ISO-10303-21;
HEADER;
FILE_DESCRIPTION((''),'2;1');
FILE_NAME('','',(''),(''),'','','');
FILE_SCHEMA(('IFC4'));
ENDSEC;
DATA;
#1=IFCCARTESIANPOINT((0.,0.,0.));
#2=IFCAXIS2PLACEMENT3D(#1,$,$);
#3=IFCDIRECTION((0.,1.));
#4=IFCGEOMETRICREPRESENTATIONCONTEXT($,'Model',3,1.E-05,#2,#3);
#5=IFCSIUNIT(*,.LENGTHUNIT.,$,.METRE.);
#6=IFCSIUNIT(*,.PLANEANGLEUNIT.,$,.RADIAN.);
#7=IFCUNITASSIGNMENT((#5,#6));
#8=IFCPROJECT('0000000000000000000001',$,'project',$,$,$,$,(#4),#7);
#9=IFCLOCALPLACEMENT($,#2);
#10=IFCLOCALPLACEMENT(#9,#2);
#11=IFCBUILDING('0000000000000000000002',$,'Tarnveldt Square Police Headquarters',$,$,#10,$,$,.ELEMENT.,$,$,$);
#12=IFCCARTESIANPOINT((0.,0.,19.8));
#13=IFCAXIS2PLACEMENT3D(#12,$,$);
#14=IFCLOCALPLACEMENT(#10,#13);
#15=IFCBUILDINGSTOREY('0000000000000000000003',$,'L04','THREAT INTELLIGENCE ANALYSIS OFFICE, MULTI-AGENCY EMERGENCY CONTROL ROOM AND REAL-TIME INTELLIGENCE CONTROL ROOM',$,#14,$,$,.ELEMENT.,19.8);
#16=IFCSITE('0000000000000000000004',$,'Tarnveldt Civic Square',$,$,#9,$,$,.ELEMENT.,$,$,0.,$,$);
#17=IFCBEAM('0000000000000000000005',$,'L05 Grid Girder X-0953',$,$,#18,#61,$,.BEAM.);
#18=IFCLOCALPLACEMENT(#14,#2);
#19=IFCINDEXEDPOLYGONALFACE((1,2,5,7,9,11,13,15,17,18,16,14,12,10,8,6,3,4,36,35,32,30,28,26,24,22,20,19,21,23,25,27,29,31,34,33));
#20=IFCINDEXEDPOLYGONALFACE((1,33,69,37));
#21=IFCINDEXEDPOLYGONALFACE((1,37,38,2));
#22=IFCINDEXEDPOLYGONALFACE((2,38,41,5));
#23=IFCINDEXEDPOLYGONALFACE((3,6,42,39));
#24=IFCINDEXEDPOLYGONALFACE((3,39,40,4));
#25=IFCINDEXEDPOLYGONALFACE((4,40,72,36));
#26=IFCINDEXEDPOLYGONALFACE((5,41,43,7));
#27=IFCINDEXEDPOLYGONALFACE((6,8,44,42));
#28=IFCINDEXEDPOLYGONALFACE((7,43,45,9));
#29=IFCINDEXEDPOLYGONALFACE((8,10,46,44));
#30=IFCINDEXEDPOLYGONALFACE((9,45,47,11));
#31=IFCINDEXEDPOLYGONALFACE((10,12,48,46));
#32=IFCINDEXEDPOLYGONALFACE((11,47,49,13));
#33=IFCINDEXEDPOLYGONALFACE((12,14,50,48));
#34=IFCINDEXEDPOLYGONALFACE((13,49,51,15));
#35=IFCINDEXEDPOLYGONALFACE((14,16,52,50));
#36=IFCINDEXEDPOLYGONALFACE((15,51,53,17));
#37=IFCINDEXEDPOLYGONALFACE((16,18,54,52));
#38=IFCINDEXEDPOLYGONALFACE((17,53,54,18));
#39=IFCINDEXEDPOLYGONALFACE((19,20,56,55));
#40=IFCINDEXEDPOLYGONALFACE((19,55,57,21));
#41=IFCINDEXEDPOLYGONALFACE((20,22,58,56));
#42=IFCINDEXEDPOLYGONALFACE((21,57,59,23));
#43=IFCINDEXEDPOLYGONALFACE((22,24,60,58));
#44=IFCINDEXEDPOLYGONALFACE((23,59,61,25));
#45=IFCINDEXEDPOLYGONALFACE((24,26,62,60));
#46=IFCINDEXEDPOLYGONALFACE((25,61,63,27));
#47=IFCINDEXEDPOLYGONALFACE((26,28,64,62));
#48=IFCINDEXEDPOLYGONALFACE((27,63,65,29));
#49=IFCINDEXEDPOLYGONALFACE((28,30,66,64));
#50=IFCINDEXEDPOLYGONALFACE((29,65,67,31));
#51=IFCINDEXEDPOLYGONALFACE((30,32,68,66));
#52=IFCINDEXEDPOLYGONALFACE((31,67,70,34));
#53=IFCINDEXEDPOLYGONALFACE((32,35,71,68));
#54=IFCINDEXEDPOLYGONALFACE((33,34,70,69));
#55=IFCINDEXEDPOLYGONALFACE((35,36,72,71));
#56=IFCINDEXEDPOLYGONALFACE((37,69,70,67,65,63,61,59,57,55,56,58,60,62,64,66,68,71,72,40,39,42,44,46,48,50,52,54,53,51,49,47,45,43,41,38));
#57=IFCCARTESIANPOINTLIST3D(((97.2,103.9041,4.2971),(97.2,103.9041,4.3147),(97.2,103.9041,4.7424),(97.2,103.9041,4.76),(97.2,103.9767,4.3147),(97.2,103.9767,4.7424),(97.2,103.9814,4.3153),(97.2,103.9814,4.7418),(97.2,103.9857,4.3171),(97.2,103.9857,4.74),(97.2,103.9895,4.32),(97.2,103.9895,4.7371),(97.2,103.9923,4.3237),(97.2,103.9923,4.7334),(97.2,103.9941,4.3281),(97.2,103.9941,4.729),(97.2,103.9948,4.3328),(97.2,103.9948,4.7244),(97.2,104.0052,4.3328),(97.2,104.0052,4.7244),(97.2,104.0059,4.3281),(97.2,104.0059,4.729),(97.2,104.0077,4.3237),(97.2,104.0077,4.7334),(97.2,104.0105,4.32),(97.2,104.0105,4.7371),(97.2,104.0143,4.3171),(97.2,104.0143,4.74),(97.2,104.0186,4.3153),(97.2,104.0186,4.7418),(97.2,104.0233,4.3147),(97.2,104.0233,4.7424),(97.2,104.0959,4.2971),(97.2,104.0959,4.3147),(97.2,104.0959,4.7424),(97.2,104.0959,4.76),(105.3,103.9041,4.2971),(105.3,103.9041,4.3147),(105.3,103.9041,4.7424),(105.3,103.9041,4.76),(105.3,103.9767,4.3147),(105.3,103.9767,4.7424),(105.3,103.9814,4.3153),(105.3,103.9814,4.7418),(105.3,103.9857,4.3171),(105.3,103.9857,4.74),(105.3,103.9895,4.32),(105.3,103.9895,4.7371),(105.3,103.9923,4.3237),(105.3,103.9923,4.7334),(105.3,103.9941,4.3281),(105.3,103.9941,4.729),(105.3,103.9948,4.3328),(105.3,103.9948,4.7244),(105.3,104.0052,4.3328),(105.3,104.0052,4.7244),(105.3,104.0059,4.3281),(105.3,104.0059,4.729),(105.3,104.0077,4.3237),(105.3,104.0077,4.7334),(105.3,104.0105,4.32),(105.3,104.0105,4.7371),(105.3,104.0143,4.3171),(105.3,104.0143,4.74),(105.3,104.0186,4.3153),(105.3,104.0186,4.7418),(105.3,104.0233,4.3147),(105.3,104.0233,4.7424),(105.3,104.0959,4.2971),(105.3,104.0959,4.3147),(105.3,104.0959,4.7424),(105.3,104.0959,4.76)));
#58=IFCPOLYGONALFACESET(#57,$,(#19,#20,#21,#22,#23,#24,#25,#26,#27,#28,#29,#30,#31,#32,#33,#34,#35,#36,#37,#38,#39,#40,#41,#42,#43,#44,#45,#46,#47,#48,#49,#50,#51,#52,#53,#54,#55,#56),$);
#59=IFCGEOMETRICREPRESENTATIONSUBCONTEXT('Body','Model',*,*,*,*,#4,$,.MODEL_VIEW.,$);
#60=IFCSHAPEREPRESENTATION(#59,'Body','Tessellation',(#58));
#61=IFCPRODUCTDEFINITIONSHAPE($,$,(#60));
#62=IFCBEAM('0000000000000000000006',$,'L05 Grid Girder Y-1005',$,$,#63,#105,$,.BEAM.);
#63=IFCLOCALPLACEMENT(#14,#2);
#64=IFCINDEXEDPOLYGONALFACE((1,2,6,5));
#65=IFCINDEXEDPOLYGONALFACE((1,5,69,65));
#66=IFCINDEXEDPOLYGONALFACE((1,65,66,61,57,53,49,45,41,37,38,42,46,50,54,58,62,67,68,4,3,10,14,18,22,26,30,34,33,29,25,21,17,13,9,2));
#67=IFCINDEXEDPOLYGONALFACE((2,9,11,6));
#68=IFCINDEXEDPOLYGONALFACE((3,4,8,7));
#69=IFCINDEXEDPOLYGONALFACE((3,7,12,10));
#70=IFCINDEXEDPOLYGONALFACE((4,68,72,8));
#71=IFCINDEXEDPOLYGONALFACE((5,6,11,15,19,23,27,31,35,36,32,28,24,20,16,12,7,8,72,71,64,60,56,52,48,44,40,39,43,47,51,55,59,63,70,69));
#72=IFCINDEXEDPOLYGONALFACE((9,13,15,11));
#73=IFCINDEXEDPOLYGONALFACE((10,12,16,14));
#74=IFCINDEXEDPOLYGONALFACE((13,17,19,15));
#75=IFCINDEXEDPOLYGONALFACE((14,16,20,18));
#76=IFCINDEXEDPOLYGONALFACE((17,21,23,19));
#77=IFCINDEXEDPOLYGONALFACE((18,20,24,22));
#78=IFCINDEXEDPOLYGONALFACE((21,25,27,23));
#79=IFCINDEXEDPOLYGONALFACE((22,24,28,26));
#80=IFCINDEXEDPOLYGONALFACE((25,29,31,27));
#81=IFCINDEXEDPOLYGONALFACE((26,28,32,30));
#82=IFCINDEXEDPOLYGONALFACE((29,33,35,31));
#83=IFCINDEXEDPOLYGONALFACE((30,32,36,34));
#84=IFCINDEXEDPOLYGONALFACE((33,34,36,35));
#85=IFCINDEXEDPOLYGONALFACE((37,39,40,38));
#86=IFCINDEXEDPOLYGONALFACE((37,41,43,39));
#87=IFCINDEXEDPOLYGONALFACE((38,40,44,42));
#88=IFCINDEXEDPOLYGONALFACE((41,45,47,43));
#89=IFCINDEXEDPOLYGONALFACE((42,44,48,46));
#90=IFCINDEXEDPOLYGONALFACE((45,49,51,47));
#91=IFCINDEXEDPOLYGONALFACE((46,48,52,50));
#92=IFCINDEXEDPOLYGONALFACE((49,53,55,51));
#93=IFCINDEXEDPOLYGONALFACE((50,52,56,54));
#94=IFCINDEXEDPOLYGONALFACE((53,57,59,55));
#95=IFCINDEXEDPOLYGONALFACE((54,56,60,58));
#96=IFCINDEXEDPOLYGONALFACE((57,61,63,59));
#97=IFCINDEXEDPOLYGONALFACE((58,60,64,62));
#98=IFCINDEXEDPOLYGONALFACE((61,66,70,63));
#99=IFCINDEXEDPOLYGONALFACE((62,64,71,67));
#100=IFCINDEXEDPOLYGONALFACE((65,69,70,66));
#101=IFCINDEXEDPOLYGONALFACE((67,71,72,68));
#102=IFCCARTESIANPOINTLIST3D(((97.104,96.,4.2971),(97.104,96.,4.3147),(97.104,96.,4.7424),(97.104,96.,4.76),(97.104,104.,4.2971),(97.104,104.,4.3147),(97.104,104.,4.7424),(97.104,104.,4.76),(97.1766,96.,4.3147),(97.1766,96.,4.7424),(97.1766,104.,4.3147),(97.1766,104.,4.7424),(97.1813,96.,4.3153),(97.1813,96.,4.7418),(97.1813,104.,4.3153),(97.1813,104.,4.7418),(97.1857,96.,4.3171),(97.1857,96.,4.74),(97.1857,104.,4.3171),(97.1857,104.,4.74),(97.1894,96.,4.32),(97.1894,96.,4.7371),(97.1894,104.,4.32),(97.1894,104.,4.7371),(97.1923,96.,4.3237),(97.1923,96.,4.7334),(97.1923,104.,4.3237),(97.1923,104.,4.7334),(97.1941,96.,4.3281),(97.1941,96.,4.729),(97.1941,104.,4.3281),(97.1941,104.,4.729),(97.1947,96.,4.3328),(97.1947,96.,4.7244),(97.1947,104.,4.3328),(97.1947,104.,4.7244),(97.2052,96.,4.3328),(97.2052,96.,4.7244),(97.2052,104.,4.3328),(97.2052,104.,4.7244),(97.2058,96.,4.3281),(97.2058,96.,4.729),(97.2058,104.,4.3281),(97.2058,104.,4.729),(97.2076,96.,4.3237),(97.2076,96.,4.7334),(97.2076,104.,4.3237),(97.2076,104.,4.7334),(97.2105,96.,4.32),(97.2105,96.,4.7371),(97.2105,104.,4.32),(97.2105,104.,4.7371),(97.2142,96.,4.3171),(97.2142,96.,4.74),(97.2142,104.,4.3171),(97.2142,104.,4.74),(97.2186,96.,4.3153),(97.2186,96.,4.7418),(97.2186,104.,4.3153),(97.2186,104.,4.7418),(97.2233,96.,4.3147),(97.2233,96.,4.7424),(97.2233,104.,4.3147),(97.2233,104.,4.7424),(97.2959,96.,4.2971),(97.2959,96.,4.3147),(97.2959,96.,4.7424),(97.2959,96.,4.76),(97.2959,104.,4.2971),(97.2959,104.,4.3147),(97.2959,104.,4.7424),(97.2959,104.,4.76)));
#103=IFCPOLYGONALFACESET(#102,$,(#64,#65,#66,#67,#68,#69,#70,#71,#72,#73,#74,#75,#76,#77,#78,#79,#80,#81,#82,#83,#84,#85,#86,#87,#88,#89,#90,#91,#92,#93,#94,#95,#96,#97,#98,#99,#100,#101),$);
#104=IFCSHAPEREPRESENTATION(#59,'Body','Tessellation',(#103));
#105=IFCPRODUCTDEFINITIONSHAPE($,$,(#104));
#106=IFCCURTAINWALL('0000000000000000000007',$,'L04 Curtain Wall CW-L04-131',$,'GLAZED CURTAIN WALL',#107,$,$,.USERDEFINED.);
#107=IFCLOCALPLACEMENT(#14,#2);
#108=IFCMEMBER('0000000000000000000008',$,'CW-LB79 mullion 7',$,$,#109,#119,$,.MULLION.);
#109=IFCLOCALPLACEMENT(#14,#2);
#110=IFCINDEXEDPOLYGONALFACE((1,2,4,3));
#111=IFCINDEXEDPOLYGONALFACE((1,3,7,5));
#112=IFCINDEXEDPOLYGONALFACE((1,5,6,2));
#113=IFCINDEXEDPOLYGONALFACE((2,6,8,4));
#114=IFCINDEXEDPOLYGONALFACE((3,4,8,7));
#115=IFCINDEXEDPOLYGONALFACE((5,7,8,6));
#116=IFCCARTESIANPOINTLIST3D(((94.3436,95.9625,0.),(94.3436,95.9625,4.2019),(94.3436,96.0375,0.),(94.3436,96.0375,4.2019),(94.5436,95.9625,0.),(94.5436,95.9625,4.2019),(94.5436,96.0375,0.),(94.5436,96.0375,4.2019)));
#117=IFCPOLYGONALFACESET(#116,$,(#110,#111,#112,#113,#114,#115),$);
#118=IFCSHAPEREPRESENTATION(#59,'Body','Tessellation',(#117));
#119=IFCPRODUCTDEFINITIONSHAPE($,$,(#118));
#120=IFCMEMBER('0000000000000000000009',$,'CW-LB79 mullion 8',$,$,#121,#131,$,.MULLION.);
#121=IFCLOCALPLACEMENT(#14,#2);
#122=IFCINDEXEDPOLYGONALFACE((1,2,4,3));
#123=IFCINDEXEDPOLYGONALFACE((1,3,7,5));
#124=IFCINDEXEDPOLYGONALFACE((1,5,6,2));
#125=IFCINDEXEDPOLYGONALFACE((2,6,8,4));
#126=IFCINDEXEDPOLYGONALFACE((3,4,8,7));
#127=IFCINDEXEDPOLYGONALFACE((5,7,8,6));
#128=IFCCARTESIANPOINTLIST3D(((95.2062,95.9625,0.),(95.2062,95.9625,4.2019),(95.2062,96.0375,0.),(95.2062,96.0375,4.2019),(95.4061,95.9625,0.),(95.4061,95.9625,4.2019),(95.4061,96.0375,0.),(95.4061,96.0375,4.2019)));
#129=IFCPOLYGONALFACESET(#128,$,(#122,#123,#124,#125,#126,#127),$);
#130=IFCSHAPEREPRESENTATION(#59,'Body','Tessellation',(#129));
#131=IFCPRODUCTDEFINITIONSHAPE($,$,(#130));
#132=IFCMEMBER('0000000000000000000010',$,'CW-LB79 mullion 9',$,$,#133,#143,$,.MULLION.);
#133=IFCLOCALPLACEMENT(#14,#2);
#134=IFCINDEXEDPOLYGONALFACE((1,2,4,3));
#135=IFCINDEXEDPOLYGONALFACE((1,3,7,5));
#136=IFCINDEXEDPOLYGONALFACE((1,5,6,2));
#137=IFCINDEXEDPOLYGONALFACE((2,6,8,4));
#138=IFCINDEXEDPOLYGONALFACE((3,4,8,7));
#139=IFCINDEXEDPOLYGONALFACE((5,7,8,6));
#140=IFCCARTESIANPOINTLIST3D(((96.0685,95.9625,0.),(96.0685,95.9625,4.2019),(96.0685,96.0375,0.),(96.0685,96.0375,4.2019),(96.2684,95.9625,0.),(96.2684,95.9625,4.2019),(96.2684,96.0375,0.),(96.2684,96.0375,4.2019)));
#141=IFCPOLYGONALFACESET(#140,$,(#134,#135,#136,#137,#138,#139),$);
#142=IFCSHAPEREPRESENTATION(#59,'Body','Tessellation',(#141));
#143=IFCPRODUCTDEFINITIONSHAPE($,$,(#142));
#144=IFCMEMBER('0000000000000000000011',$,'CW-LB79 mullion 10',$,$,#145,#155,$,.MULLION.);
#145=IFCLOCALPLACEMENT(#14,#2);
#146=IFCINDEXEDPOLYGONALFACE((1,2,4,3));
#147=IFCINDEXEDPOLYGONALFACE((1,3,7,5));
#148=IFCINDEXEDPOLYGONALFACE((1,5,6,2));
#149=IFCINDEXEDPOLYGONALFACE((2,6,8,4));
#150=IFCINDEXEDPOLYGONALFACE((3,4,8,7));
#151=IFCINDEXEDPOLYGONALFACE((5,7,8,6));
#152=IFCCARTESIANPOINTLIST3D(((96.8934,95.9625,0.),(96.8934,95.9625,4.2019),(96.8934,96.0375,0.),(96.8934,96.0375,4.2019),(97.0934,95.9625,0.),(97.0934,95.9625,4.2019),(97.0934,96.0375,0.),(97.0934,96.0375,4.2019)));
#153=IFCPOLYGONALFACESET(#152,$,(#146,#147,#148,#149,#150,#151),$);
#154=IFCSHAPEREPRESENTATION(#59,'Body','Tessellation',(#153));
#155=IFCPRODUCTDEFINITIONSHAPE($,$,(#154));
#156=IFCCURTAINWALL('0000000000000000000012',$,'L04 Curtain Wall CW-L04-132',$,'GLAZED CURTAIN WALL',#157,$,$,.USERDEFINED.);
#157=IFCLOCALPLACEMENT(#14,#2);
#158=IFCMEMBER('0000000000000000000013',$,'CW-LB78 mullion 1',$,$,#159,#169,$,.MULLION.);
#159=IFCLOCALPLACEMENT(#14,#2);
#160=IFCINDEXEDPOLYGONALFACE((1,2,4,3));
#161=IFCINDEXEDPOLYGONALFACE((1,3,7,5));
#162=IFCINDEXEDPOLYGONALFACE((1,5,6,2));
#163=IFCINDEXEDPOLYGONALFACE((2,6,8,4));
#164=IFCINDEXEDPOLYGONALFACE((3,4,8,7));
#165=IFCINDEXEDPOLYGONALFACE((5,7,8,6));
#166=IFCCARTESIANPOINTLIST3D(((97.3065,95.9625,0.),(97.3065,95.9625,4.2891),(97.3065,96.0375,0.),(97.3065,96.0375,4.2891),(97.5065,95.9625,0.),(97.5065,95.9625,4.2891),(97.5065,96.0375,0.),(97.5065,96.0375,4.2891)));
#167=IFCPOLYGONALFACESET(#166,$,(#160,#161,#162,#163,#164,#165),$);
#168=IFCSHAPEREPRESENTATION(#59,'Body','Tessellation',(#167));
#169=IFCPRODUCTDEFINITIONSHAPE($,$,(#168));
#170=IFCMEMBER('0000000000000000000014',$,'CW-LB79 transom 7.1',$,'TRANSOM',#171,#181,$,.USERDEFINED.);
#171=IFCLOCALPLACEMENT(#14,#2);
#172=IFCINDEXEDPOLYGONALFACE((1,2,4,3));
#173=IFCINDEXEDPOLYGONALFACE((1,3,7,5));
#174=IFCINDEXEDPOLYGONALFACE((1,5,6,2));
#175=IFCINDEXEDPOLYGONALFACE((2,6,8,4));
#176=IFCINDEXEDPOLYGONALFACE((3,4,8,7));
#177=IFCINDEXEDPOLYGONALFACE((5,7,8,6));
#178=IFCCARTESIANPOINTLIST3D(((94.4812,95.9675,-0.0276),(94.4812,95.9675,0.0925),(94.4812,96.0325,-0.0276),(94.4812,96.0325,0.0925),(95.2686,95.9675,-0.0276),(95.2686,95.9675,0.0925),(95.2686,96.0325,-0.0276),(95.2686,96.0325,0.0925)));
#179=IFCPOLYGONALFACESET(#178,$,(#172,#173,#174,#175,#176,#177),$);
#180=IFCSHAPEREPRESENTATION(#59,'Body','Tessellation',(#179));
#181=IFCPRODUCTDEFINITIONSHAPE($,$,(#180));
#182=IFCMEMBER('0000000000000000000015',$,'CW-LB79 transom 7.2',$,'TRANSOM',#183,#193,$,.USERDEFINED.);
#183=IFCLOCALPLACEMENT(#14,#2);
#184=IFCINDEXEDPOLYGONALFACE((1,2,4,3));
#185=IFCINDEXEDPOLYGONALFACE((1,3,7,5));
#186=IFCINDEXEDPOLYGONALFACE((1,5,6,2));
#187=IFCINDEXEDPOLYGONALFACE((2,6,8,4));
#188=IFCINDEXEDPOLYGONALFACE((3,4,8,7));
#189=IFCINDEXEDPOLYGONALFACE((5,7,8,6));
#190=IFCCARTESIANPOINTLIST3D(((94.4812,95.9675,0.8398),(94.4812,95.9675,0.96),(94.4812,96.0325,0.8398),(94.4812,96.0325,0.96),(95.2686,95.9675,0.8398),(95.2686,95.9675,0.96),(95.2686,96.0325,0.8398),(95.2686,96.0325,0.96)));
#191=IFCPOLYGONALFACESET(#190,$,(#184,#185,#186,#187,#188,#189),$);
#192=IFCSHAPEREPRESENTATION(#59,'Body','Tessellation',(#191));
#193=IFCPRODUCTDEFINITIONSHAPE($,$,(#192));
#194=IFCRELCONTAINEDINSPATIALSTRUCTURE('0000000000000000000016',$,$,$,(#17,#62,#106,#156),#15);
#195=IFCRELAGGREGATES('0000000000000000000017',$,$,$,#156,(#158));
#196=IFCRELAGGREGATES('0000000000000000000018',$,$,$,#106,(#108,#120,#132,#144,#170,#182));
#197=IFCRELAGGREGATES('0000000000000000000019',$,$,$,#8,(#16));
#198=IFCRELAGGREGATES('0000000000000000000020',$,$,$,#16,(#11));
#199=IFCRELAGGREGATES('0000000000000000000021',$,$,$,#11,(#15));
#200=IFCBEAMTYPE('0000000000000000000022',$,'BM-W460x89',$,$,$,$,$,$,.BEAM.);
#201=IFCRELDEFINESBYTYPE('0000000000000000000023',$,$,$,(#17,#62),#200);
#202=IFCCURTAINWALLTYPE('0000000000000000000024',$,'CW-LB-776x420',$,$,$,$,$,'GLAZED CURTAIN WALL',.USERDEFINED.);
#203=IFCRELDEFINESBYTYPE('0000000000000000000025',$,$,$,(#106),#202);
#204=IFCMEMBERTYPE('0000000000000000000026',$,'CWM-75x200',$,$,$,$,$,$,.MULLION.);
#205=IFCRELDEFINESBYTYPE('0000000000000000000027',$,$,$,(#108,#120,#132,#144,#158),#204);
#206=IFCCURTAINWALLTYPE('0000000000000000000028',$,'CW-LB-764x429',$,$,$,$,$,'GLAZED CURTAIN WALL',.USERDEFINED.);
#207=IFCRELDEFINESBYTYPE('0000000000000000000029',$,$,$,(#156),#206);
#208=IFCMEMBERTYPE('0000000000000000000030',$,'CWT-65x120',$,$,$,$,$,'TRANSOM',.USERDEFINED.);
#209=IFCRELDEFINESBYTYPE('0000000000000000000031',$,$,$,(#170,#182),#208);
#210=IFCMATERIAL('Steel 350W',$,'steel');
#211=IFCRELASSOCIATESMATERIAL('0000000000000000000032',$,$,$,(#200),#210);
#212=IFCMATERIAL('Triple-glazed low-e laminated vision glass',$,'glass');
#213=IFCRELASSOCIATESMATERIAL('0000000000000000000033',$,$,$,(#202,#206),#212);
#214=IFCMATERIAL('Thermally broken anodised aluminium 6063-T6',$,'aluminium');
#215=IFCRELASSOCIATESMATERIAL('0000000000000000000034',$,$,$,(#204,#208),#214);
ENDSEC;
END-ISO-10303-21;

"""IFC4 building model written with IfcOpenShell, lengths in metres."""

from ifc_helpers import new_model, si_unit, direction, frame, origin, origin_2d, place, context, subcontext, project, spatial, rectangle, i_section, extrude, material, material_profile, profile_set, type_object, element, aggregate, save


model = new_model("IFC4")

# Units and contexts
model_context = context("Model", 3, precision=1e-05, world=origin(), true_north=direction((0.0, 1.0)))
body_context = subcontext(model_context, "Body", "Model", "MODEL_VIEW")
ifc_project = project(units=[si_unit("LENGTHUNIT", "METRE"), si_unit("PLANEANGLEUNIT", "RADIAN")], contexts=[model_context])

# Site, building, storey
site_placement = place(None, origin())
site = spatial("IfcSite", under=ifc_project, at=site_placement, Name="Tarnveldt Civic Square", CompositionType="ELEMENT", RefElevation=0.0)
building_placement = place(site_placement, origin())
building = spatial("IfcBuilding", under=site, at=building_placement, Name="Tarnveldt Square Police Headquarters", CompositionType="ELEMENT")
storey_placement = place(building_placement, frame((0.0, 0.0, 19.8)))
storey = spatial("IfcBuildingStorey", under=building, at=storey_placement, Name="L04", Description="THREAT INTELLIGENCE ANALYSIS OFFICE, MULTI-AGENCY EMERGENCY CONTROL ROOM AND REAL-TIME INTELLIGENCE CONTROL ROOM", CompositionType="ELEMENT", Elevation=19.8)

# Shared definitions
ifc_material_1 = material(Name="Steel 350W", Category="steel")

# Beams
ifc_material_profile_1 = material_profile(ifc_material_1, i_section(OverallWidth=0.1919, OverallDepth=0.4629, WebThickness=0.0105, FlangeThickness=0.0176, FilletRadius=0.0181, at=origin_2d()), Name="W460x89")
ifc_profile_set_1 = profile_set([ifc_material_profile_1], Name="Steel 350W")
beam_type_1 = type_object("IfcBeamType", Name="BM-W460x89", PredefinedType="BEAM", material=ifc_profile_set_1)
for number, where, z_axis, x_axis, name in (
    (1, (97.2, 104.0, 4.5286), (1.0, 0.0, 0.0), (0.0, 1.0, 0.0), "L05 Grid Girder X-0953"),
):
    element("IfcBeam", number, at=place(storey_placement, frame(where, z_axis=z_axis, x_axis=x_axis)), inside=storey, type_object=beam_type_1, Name=name, PredefinedType="BEAM", context=body_context, shape_type="SweptSolid", body=[
        extrude(i_section(OverallWidth=0.1919, OverallDepth=0.4629, WebThickness=0.0105, FlangeThickness=0.0176, FilletRadius=0.0181, at=origin_2d()), origin(), (0.0, 0.0, 1.0), 8.1001),
    ])
beam_1_placement = place(storey_placement, frame((97.2, 96.0, 4.5286), z_axis=(0.0, 1.0, 0.0), x_axis=(-1.0, 0.0, 0.0)))
element("IfcBeam", 2, at=beam_1_placement, inside=storey, type_object=beam_type_1, Name="L05 Grid Girder Y-1005", PredefinedType="BEAM", context=body_context, shape_type="SweptSolid", body=[
    extrude(i_section(OverallWidth=0.1919, OverallDepth=0.4629, WebThickness=0.0105, FlangeThickness=0.0176, FilletRadius=0.0181, at=origin_2d()), origin(), (0.0, 0.0, 1.0), 8.0),
])

# Curtain wall, members
ifc_material_2 = material(Name="Triple-glazed low-e laminated vision glass", Category="glass")
curtain_wall_type_1 = type_object("IfcCurtainWallType", Name="CW-LB-776x420", ElementType="GLAZED CURTAIN WALL", PredefinedType="USERDEFINED", material=ifc_material_2)
curtain_wall_1_placement = place(storey_placement, origin())
curtain_wall_1 = element("IfcCurtainWall", 3, at=curtain_wall_1_placement, inside=storey, type_object=curtain_wall_type_1, Name="L04 Curtain Wall CW-L04-131", ObjectType="GLAZED CURTAIN WALL", PredefinedType="USERDEFINED")
ifc_material_3 = material(Name="Thermally broken anodised aluminium 6063-T6", Category="aluminium")
ifc_material_profile_2 = material_profile(ifc_material_3, rectangle(XDim=0.075, YDim=0.2, at=origin_2d()), Name="CW-M75x200")
ifc_profile_set_2 = profile_set([ifc_material_profile_2], Name="Thermally broken anodised aluminium 6063-T6")
member_type_1 = type_object("IfcMemberType", Name="CWM-75x200", PredefinedType="MULLION", material=ifc_profile_set_2)
member_1_placement = place(storey_placement, frame((94.4436, 96.0, 0.0), z_axis=(0.0, 0.0, 1.0), x_axis=(0.0, 1.0, 0.0)))
member_1 = element("IfcMember", 4, at=member_1_placement, type_object=member_type_1, Name="CW-LB79 mullion 7", PredefinedType="MULLION", context=body_context, shape_type="SweptSolid", body=[
    extrude(rectangle(XDim=0.075, YDim=0.2, at=origin_2d()), origin(), (0.0, 0.0, 1.0), 4.2019),
])
member_2_placement = place(storey_placement, frame((95.3062, 96.0, 0.0), z_axis=(0.0, 0.0, 1.0), x_axis=(0.0, 1.0, 0.0)))
member_2 = element("IfcMember", 5, at=member_2_placement, type_object=member_type_1, Name="CW-LB79 mullion 8", PredefinedType="MULLION", context=body_context, shape_type="SweptSolid", body=[
    extrude(rectangle(XDim=0.075, YDim=0.2, at=origin_2d()), origin(), (0.0, 0.0, 1.0), 4.2019),
])
member_3_placement = place(storey_placement, frame((96.1685, 96.0, 0.0), z_axis=(0.0, 0.0, 1.0), x_axis=(0.0, 1.0, 0.0)))
member_3 = element("IfcMember", 6, at=member_3_placement, type_object=member_type_1, Name="CW-LB79 mullion 9", PredefinedType="MULLION", context=body_context, shape_type="SweptSolid", body=[
    extrude(rectangle(XDim=0.075, YDim=0.2, at=origin_2d()), origin(), (0.0, 0.0, 1.0), 4.2019),
])
member_4_placement = place(storey_placement, frame((96.9934, 96.0, 0.0), z_axis=(0.0, 0.0, 1.0), x_axis=(0.0, 1.0, 0.0)))
member_4 = element("IfcMember", 7, at=member_4_placement, type_object=member_type_1, Name="CW-LB79 mullion 10", PredefinedType="MULLION", context=body_context, shape_type="SweptSolid", body=[
    extrude(rectangle(XDim=0.075, YDim=0.2, at=origin_2d()), origin(), (0.0, 0.0, 1.0), 4.2019),
])

# Curtain wall, member
curtain_wall_type_2 = type_object("IfcCurtainWallType", Name="CW-LB-764x429", ElementType="GLAZED CURTAIN WALL", PredefinedType="USERDEFINED", material=ifc_material_2)
curtain_wall_2_placement = place(storey_placement, origin())
curtain_wall_2 = element("IfcCurtainWall", 8, at=curtain_wall_2_placement, inside=storey, type_object=curtain_wall_type_2, Name="L04 Curtain Wall CW-L04-132", ObjectType="GLAZED CURTAIN WALL", PredefinedType="USERDEFINED")
member_5_placement = place(storey_placement, frame((97.4065, 96.0, 0.0), z_axis=(0.0, 0.0, 1.0), x_axis=(0.0, 1.0, 0.0)))
member_5 = element("IfcMember", 9, at=member_5_placement, type_object=member_type_1, Name="CW-LB78 mullion 1", PredefinedType="MULLION", context=body_context, shape_type="SweptSolid", body=[
    extrude(rectangle(XDim=0.075, YDim=0.2, at=origin_2d()), origin(), (0.0, 0.0, 1.0), 4.2891),
])

# Members
ifc_material_profile_3 = material_profile(ifc_material_3, rectangle(XDim=0.0649, YDim=0.1201, at=origin_2d()), Name="CW-T65x120")
ifc_profile_set_3 = profile_set([ifc_material_profile_3], Name="Thermally broken anodised aluminium 6063-T6")
member_type_2 = type_object("IfcMemberType", Name="CWT-65x120", ElementType="TRANSOM", PredefinedType="USERDEFINED", material=ifc_profile_set_3)
member_6_placement = place(storey_placement, frame((94.4812, 96.0, 0.0325), z_axis=(1.0, 0.0, 0.0), x_axis=(0.0, 1.0, 0.0)))
member_6 = element("IfcMember", 10, at=member_6_placement, type_object=member_type_2, Name="CW-LB79 transom 7.1", ObjectType="TRANSOM", PredefinedType="USERDEFINED", context=body_context, shape_type="SweptSolid", body=[
    extrude(rectangle(XDim=0.0649, YDim=0.1201, at=origin_2d()), origin(), (0.0, 0.0, 1.0), 0.7874),
])
member_7_placement = place(storey_placement, frame((94.4812, 96.0, 0.8999), z_axis=(1.0, 0.0, 0.0), x_axis=(0.0, 1.0, 0.0)))
member_7 = element("IfcMember", 11, at=member_7_placement, type_object=member_type_2, Name="CW-LB79 transom 7.2", ObjectType="TRANSOM", PredefinedType="USERDEFINED", context=body_context, shape_type="SweptSolid", body=[
    extrude(rectangle(XDim=0.0649, YDim=0.1201, at=origin_2d()), origin(), (0.0, 0.0, 1.0), 0.7874),
])
aggregate(curtain_wall_2, [member_5])

aggregate(curtain_wall_1, [member_1, member_2, member_3, member_4, member_6, member_7])

save(model, "model.ifc")
